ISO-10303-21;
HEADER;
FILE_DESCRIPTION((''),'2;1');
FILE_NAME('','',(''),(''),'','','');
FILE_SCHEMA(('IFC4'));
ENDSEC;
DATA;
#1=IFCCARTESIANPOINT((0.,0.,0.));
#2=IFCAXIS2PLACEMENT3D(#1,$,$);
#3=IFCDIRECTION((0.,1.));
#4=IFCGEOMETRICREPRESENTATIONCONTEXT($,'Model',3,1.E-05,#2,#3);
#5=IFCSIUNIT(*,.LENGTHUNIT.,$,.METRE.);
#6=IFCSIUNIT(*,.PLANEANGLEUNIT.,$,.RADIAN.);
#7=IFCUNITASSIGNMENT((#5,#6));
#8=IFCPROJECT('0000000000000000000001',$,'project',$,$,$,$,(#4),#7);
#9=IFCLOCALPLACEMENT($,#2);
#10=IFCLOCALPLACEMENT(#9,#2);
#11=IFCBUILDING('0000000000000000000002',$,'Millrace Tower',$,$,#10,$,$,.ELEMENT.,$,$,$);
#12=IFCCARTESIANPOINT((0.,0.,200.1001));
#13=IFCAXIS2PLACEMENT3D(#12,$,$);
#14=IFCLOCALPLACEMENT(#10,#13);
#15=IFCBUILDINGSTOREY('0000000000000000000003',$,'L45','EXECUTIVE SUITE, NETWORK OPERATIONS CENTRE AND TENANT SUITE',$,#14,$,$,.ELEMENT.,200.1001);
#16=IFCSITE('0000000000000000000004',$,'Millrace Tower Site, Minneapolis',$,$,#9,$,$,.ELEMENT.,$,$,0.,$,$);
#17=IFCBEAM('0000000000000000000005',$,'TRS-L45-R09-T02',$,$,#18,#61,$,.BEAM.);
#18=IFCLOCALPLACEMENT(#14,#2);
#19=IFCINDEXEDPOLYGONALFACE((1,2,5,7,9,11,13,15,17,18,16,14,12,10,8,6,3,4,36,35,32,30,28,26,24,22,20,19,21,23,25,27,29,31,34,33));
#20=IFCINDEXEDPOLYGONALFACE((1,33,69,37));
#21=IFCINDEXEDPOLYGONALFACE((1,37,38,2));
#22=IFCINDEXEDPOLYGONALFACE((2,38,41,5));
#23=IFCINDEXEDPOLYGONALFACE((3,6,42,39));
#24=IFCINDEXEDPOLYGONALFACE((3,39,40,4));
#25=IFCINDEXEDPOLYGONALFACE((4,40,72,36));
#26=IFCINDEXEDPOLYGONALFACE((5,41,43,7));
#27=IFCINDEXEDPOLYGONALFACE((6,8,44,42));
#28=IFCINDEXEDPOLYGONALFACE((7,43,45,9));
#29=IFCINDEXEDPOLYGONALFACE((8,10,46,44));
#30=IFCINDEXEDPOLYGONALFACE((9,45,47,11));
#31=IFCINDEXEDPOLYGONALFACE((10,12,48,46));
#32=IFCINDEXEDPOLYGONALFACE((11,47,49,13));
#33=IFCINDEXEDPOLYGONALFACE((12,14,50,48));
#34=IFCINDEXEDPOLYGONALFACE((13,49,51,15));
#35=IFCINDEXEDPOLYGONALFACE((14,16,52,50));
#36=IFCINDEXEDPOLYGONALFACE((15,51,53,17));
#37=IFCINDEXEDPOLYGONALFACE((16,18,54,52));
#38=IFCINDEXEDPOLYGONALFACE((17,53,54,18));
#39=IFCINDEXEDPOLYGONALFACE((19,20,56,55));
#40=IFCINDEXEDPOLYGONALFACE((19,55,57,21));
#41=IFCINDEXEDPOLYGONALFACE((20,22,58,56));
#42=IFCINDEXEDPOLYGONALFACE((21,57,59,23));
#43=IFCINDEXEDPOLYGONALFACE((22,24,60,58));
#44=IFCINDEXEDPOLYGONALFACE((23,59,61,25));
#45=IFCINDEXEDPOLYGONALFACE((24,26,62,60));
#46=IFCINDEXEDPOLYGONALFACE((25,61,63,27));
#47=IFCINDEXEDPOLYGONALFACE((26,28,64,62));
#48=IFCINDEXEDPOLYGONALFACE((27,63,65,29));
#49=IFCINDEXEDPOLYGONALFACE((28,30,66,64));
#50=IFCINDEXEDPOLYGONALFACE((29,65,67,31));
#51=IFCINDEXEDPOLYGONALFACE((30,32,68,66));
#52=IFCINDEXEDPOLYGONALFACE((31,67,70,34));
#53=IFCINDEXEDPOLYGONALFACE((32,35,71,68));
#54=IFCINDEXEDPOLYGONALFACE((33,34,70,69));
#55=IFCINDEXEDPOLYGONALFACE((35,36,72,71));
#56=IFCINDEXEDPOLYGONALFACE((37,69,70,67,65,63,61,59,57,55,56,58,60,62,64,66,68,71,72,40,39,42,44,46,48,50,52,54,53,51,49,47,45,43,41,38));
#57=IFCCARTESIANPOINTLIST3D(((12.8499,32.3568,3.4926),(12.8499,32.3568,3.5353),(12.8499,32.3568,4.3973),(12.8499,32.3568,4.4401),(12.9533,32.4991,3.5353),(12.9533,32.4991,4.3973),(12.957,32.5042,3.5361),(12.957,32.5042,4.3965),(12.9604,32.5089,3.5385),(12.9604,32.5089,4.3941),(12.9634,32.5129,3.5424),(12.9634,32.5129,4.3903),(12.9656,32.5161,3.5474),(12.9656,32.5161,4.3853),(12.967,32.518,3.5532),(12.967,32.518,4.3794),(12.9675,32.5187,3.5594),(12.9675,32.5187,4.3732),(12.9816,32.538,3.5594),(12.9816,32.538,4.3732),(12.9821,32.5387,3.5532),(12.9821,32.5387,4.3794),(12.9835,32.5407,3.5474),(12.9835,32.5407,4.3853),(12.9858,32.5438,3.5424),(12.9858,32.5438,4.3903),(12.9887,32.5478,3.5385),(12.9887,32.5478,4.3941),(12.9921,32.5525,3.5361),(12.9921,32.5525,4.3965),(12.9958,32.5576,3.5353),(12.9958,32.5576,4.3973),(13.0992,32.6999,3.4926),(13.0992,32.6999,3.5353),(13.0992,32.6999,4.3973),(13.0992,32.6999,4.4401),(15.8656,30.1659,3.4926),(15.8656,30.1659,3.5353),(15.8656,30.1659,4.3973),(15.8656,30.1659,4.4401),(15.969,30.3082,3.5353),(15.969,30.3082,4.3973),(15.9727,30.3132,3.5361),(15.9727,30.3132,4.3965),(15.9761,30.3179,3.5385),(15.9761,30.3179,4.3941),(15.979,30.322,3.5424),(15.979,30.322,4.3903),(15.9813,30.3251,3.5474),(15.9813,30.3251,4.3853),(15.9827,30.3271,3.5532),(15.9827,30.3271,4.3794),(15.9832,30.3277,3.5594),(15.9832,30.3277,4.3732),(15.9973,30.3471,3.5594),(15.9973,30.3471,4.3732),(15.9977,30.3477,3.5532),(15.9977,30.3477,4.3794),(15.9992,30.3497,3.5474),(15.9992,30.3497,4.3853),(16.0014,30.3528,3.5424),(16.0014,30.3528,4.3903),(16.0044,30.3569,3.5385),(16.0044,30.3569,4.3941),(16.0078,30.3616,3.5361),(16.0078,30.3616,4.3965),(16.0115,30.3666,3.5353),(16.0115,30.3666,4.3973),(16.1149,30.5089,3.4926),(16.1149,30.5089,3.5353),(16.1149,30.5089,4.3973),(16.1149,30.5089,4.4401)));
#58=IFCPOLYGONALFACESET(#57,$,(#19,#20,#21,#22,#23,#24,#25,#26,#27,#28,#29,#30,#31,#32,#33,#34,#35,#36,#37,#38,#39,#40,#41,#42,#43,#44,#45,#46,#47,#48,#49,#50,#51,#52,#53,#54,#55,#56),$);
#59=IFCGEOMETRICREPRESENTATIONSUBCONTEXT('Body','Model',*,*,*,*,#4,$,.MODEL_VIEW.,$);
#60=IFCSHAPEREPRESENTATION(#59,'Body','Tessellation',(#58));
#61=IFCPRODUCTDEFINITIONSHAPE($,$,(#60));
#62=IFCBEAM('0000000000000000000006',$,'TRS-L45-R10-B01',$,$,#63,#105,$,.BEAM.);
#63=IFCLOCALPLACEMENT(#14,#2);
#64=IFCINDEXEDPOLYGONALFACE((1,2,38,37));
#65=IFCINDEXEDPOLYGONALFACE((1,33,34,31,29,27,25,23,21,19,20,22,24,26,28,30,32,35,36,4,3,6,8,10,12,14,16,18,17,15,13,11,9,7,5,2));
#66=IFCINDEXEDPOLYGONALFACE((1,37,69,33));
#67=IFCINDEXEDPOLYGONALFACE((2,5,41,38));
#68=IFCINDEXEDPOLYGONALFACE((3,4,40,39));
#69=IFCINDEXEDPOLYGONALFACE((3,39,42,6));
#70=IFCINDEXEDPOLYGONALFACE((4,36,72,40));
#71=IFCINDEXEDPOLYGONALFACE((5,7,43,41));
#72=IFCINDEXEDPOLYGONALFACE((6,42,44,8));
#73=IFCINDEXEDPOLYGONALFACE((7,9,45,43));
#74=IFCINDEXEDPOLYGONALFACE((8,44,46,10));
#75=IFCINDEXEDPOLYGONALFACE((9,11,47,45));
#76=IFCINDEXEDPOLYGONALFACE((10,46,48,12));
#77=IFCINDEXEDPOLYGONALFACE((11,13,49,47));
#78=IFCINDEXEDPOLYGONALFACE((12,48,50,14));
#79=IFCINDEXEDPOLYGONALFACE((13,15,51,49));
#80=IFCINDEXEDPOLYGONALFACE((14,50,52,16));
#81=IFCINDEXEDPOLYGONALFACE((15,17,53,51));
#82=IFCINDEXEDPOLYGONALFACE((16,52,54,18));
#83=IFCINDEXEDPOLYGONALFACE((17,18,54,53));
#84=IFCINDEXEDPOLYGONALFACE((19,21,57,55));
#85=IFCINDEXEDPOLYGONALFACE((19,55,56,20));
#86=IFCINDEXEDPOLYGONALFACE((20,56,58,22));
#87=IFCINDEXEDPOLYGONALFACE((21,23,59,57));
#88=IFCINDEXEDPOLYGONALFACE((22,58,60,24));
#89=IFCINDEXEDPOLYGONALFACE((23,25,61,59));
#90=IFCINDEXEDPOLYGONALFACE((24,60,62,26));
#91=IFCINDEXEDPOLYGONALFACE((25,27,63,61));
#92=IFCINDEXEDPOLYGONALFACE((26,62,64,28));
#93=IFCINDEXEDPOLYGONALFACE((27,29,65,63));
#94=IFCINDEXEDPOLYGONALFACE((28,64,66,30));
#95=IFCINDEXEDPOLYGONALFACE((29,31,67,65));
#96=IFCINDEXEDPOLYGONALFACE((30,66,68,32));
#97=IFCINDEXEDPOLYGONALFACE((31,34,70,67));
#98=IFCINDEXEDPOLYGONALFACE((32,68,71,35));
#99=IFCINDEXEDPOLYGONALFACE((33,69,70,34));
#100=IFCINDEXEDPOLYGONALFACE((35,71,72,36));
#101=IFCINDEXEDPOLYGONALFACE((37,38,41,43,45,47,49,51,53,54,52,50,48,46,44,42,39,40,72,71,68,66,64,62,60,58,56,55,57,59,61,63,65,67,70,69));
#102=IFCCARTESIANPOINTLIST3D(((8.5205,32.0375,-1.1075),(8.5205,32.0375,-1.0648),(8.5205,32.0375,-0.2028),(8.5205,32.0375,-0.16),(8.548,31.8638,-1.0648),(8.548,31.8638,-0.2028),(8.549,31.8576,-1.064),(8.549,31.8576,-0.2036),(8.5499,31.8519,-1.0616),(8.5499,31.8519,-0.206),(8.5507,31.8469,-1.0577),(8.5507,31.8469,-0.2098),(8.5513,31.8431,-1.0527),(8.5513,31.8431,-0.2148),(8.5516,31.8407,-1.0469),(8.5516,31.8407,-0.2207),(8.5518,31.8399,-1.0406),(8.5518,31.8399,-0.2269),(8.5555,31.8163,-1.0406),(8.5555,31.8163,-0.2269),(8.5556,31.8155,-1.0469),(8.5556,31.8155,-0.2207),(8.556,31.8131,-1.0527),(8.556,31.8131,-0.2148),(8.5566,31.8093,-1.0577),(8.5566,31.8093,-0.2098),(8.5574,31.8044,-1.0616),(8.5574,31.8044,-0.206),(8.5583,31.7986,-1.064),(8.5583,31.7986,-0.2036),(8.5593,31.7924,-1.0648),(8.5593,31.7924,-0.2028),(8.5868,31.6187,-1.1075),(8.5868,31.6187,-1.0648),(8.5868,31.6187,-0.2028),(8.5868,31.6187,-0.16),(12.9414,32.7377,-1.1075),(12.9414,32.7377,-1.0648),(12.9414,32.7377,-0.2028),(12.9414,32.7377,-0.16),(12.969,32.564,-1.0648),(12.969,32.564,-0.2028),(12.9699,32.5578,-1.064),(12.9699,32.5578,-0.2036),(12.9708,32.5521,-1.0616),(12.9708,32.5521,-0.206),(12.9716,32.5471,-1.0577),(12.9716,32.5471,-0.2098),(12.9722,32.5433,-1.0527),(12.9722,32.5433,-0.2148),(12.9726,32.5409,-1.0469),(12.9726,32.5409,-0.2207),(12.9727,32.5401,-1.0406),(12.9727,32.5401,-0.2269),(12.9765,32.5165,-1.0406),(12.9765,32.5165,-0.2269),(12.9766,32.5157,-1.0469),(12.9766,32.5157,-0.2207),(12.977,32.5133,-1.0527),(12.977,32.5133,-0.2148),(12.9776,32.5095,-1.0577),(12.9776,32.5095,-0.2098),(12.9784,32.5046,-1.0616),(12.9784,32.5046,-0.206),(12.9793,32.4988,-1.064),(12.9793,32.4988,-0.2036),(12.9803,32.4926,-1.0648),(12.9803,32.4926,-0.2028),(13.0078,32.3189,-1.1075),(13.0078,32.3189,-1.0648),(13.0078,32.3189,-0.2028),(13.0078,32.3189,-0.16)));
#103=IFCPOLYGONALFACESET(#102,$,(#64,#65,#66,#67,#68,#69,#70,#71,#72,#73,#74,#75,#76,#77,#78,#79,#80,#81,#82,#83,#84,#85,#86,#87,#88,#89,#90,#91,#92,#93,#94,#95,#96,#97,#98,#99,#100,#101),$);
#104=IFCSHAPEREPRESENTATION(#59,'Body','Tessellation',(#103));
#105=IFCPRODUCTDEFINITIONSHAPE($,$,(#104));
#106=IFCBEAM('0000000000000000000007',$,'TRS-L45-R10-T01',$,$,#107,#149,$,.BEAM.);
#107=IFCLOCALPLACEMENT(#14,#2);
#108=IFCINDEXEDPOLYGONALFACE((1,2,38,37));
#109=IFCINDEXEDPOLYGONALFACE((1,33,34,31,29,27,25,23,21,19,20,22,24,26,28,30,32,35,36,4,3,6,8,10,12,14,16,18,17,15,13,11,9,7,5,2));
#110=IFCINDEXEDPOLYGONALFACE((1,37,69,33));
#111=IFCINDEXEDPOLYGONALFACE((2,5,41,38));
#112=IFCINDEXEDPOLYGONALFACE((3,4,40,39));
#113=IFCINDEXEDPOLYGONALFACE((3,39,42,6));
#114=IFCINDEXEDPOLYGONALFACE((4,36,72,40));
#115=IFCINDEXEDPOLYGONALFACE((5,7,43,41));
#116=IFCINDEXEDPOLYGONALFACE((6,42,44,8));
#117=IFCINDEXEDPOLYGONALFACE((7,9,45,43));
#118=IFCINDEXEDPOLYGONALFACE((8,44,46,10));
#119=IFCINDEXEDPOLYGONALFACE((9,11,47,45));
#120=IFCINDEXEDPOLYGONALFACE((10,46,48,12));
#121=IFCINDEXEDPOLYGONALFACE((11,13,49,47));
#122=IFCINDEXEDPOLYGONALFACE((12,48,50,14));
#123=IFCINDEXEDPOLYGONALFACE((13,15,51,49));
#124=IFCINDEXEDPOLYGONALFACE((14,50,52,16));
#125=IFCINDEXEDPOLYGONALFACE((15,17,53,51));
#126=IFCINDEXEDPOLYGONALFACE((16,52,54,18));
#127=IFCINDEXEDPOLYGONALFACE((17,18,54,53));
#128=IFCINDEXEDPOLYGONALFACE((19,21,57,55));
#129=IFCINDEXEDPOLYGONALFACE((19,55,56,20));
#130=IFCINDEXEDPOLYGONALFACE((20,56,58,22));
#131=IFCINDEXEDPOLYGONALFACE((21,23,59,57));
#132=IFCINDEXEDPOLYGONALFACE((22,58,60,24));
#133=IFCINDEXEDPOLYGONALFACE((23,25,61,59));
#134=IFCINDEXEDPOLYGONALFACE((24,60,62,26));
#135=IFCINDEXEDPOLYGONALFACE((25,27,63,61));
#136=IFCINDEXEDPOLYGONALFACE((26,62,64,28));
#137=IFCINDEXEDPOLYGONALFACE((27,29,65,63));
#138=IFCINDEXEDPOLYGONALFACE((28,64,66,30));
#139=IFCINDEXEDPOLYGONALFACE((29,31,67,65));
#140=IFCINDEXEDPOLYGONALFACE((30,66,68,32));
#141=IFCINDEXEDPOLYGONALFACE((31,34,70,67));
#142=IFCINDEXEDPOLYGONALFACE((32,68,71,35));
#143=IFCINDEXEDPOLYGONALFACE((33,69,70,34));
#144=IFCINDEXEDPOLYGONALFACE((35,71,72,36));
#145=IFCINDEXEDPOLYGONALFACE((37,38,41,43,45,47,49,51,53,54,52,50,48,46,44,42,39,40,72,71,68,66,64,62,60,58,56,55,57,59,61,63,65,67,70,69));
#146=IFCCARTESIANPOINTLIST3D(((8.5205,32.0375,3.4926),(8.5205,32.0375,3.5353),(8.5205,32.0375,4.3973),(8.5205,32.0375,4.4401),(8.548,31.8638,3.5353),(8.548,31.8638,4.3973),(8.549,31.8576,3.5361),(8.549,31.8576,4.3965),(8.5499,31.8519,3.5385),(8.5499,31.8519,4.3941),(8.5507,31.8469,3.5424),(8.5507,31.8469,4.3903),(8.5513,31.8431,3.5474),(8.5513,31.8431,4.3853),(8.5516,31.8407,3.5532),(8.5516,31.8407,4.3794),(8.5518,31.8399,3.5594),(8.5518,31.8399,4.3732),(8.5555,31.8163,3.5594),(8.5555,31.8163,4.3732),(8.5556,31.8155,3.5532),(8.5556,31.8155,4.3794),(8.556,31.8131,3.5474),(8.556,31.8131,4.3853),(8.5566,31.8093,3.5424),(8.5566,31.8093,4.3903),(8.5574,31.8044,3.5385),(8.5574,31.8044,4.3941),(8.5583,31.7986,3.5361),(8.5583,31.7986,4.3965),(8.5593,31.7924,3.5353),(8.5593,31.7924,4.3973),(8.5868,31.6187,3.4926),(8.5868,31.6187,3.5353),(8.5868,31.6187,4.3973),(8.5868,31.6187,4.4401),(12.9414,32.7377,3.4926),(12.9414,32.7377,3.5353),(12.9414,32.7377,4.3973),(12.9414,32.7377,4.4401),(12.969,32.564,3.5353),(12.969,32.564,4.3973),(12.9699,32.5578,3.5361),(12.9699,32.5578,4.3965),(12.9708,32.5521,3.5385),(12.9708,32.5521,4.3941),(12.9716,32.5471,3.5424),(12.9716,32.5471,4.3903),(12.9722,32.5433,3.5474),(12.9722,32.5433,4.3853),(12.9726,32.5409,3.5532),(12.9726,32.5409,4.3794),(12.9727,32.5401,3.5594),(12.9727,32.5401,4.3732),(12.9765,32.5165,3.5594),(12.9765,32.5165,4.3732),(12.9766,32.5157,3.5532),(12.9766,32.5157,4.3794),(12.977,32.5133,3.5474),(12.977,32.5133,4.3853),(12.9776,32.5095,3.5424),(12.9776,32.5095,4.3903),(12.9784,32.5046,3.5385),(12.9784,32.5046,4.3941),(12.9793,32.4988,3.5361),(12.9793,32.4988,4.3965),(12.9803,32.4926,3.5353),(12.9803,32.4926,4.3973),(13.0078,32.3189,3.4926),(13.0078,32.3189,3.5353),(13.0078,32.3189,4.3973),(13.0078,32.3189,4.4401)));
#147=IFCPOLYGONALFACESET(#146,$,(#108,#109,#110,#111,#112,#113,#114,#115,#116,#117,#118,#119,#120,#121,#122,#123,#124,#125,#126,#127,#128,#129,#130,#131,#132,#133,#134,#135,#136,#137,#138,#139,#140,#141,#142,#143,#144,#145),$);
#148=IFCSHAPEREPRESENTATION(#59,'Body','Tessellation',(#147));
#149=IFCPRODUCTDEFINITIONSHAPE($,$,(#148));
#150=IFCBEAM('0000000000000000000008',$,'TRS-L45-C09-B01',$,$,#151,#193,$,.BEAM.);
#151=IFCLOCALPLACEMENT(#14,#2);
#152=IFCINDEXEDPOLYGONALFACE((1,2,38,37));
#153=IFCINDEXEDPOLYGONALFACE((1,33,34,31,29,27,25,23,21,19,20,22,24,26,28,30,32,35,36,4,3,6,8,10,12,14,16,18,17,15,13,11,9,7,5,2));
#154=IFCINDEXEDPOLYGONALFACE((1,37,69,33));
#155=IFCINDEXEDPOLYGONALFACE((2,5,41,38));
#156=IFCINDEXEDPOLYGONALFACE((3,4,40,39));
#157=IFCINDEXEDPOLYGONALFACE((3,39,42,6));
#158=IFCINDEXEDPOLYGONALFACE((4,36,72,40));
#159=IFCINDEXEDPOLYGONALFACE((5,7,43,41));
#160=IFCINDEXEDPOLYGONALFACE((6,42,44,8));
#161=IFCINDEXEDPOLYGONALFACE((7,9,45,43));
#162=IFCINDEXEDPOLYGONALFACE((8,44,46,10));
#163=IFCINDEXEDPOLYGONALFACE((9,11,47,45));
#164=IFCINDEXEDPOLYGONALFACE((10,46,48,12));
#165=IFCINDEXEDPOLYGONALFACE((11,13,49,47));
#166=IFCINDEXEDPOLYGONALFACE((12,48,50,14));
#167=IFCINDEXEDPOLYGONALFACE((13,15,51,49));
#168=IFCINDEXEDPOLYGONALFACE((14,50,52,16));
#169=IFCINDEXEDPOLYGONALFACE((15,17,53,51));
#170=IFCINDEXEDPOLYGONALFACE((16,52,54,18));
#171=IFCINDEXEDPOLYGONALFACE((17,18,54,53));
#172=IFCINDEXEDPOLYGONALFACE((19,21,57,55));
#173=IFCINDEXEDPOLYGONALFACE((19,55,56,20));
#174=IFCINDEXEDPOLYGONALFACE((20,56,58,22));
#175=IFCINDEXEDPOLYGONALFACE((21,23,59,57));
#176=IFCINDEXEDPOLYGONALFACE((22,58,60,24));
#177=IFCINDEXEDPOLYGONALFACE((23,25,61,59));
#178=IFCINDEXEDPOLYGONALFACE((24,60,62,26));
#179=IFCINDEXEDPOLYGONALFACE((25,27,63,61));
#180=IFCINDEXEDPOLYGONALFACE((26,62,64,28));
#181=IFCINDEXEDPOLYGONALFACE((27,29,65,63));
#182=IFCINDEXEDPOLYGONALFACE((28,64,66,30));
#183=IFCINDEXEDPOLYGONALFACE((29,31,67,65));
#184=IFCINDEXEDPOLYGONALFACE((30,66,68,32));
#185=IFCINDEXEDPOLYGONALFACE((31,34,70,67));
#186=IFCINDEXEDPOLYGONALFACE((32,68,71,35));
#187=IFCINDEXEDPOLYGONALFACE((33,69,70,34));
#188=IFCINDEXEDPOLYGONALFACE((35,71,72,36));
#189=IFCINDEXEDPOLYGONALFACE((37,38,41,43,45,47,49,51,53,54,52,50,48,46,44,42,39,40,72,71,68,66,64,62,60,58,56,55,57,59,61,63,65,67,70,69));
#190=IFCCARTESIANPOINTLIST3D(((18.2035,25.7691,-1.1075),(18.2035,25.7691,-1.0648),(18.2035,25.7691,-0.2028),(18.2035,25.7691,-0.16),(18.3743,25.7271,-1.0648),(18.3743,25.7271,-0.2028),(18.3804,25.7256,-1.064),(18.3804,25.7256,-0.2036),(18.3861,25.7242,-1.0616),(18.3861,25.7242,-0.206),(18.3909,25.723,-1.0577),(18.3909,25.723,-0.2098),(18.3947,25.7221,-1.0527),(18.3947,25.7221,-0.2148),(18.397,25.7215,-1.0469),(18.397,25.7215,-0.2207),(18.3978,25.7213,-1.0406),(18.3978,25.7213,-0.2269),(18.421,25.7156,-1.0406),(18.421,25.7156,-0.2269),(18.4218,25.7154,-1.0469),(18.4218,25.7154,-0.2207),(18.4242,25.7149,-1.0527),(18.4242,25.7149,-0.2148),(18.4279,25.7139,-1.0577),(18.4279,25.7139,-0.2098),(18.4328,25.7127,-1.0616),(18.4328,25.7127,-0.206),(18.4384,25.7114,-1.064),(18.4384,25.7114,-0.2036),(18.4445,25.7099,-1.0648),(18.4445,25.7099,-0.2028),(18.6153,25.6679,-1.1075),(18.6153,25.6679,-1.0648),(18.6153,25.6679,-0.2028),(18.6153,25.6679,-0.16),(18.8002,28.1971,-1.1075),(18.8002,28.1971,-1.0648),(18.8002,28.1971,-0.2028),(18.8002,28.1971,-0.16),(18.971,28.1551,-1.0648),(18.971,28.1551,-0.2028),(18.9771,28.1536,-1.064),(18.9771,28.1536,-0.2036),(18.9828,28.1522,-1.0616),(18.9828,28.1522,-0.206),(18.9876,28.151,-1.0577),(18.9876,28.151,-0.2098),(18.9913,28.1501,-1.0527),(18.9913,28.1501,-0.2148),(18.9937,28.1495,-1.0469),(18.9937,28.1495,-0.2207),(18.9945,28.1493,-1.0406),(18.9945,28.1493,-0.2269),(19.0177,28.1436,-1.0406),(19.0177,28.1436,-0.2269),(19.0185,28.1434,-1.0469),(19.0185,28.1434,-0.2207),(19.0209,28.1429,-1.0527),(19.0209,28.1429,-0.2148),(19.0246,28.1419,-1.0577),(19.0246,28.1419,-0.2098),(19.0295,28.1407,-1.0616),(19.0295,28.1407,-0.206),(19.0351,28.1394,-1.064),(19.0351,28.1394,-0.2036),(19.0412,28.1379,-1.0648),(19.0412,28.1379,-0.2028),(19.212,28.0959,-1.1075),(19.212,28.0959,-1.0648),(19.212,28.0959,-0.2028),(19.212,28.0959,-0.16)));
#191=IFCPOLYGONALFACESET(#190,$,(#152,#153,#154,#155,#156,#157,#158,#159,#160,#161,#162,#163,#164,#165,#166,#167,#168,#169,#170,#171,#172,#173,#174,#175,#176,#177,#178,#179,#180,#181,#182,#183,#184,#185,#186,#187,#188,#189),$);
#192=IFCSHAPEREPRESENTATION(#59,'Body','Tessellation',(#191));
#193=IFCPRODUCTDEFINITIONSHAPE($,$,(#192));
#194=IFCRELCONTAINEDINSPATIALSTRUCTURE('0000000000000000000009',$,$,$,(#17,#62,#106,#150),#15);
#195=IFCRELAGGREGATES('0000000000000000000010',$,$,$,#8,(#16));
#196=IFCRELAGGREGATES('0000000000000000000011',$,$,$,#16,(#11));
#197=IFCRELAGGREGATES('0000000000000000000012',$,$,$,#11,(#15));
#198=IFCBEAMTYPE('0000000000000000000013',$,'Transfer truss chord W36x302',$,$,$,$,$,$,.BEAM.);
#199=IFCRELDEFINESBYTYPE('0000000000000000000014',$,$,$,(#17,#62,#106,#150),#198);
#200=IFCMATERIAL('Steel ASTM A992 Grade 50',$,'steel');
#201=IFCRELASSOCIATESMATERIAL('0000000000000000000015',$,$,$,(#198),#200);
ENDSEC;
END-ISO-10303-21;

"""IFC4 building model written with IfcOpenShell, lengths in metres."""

from ifc_helpers import new_model, si_unit, direction, frame, origin, origin_2d, place, context, subcontext, project, spatial, i_section, extrude, material, material_profile, profile_set, type_object, element, save


model = new_model("IFC4")

# Units and contexts
model_context = context("Model", 3, precision=1e-05, world=origin(), true_north=direction((0.0, 1.0)))
body_context = subcontext(model_context, "Body", "Model", "MODEL_VIEW")
ifc_project = project(units=[si_unit("LENGTHUNIT", "METRE"), si_unit("PLANEANGLEUNIT", "RADIAN")], contexts=[model_context])

# Site, building, storey
site_placement = place(None, origin())
site = spatial("IfcSite", under=ifc_project, at=site_placement, Name="Millrace Tower Site, Minneapolis", CompositionType="ELEMENT", RefElevation=0.0)
building_placement = place(site_placement, origin())
building = spatial("IfcBuilding", under=site, at=building_placement, Name="Millrace Tower", CompositionType="ELEMENT")
storey_placement = place(building_placement, frame((0.0, 0.0, 200.1001)))
storey = spatial("IfcBuildingStorey", under=building, at=storey_placement, Name="L45", Description="EXECUTIVE SUITE, NETWORK OPERATIONS CENTRE AND TENANT SUITE", CompositionType="ELEMENT", Elevation=200.1001)

# Beams
ifc_material_1 = material(Name="Steel ASTM A992 Grade 50", Category="steel")
ifc_material_profile_1 = material_profile(ifc_material_1, i_section(OverallWidth=0.4241, OverallDepth=0.9475, WebThickness=0.0239, FlangeThickness=0.0427, FilletRadius=0.0242, at=origin_2d()))
ifc_profile_set_1 = profile_set([ifc_material_profile_1], Name="Steel ASTM A992 Grade 50")
beam_type_1 = type_object("IfcBeamType", Name="Transfer truss chord W36x302", PredefinedType="BEAM", material=ifc_profile_set_1)
for number, where, z_axis, x_axis, name in (
    (1, (15.9902, 30.3374, 3.9663), (-0.809025, 0.587774, 0.0), (-0.587774, -0.809025, 0.0), "TRS-L45-R09-T02"),
):
    element("IfcBeam", number, at=place(storey_placement, frame(where, z_axis=z_axis, x_axis=x_axis)), inside=storey, type_object=beam_type_1, Name=name, PredefinedType="BEAM", context=body_context, shape_type="SweptSolid", body=[
        extrude(i_section(OverallWidth=0.4241, OverallDepth=0.9475, WebThickness=0.0239, FlangeThickness=0.0427, FilletRadius=0.0242, at=origin_2d()), origin(), (0.0, 0.0, 1.0), 3.7275),
    ])
for number, where, z_axis, x_axis, name in (
    (2, (12.9746, 32.5283, -0.6338), (-0.987689, -0.156433, 0.0), (0.156433, -0.987689, 0.0), "TRS-L45-R10-B01"),
    (3, (12.9746, 32.5283, 3.9663), (-0.987689, -0.156433, 0.0), (0.156433, -0.987689, 0.0), "TRS-L45-R10-T01"),
):
    element("IfcBeam", number, at=place(storey_placement, frame(where, z_axis=z_axis, x_axis=x_axis)), inside=storey, type_object=beam_type_1, Name=name, PredefinedType="BEAM", context=body_context, shape_type="SweptSolid", body=[
        extrude(i_section(OverallWidth=0.4241, OverallDepth=0.9475, WebThickness=0.0239, FlangeThickness=0.0427, FilletRadius=0.0242, at=origin_2d()), origin(), (0.0, 0.0, 1.0), 4.4761),
    ])
for number, where, z_axis, x_axis, name in (
    (4, (19.0061, 28.1465, -0.6338), (-0.238651, -0.971105, 0.0), (0.971105, -0.238651, 0.0), "TRS-L45-C09-B01"),
):
    element("IfcBeam", number, at=place(storey_placement, frame(where, z_axis=z_axis, x_axis=x_axis)), inside=storey, type_object=beam_type_1, Name=name, PredefinedType="BEAM", context=body_context, shape_type="SweptSolid", body=[
        extrude(i_section(OverallWidth=0.4241, OverallDepth=0.9475, WebThickness=0.0239, FlangeThickness=0.0427, FilletRadius=0.0242, at=origin_2d()), origin(), (0.0, 0.0, 1.0), 2.5002),
    ])

save(model, "model.ifc")
